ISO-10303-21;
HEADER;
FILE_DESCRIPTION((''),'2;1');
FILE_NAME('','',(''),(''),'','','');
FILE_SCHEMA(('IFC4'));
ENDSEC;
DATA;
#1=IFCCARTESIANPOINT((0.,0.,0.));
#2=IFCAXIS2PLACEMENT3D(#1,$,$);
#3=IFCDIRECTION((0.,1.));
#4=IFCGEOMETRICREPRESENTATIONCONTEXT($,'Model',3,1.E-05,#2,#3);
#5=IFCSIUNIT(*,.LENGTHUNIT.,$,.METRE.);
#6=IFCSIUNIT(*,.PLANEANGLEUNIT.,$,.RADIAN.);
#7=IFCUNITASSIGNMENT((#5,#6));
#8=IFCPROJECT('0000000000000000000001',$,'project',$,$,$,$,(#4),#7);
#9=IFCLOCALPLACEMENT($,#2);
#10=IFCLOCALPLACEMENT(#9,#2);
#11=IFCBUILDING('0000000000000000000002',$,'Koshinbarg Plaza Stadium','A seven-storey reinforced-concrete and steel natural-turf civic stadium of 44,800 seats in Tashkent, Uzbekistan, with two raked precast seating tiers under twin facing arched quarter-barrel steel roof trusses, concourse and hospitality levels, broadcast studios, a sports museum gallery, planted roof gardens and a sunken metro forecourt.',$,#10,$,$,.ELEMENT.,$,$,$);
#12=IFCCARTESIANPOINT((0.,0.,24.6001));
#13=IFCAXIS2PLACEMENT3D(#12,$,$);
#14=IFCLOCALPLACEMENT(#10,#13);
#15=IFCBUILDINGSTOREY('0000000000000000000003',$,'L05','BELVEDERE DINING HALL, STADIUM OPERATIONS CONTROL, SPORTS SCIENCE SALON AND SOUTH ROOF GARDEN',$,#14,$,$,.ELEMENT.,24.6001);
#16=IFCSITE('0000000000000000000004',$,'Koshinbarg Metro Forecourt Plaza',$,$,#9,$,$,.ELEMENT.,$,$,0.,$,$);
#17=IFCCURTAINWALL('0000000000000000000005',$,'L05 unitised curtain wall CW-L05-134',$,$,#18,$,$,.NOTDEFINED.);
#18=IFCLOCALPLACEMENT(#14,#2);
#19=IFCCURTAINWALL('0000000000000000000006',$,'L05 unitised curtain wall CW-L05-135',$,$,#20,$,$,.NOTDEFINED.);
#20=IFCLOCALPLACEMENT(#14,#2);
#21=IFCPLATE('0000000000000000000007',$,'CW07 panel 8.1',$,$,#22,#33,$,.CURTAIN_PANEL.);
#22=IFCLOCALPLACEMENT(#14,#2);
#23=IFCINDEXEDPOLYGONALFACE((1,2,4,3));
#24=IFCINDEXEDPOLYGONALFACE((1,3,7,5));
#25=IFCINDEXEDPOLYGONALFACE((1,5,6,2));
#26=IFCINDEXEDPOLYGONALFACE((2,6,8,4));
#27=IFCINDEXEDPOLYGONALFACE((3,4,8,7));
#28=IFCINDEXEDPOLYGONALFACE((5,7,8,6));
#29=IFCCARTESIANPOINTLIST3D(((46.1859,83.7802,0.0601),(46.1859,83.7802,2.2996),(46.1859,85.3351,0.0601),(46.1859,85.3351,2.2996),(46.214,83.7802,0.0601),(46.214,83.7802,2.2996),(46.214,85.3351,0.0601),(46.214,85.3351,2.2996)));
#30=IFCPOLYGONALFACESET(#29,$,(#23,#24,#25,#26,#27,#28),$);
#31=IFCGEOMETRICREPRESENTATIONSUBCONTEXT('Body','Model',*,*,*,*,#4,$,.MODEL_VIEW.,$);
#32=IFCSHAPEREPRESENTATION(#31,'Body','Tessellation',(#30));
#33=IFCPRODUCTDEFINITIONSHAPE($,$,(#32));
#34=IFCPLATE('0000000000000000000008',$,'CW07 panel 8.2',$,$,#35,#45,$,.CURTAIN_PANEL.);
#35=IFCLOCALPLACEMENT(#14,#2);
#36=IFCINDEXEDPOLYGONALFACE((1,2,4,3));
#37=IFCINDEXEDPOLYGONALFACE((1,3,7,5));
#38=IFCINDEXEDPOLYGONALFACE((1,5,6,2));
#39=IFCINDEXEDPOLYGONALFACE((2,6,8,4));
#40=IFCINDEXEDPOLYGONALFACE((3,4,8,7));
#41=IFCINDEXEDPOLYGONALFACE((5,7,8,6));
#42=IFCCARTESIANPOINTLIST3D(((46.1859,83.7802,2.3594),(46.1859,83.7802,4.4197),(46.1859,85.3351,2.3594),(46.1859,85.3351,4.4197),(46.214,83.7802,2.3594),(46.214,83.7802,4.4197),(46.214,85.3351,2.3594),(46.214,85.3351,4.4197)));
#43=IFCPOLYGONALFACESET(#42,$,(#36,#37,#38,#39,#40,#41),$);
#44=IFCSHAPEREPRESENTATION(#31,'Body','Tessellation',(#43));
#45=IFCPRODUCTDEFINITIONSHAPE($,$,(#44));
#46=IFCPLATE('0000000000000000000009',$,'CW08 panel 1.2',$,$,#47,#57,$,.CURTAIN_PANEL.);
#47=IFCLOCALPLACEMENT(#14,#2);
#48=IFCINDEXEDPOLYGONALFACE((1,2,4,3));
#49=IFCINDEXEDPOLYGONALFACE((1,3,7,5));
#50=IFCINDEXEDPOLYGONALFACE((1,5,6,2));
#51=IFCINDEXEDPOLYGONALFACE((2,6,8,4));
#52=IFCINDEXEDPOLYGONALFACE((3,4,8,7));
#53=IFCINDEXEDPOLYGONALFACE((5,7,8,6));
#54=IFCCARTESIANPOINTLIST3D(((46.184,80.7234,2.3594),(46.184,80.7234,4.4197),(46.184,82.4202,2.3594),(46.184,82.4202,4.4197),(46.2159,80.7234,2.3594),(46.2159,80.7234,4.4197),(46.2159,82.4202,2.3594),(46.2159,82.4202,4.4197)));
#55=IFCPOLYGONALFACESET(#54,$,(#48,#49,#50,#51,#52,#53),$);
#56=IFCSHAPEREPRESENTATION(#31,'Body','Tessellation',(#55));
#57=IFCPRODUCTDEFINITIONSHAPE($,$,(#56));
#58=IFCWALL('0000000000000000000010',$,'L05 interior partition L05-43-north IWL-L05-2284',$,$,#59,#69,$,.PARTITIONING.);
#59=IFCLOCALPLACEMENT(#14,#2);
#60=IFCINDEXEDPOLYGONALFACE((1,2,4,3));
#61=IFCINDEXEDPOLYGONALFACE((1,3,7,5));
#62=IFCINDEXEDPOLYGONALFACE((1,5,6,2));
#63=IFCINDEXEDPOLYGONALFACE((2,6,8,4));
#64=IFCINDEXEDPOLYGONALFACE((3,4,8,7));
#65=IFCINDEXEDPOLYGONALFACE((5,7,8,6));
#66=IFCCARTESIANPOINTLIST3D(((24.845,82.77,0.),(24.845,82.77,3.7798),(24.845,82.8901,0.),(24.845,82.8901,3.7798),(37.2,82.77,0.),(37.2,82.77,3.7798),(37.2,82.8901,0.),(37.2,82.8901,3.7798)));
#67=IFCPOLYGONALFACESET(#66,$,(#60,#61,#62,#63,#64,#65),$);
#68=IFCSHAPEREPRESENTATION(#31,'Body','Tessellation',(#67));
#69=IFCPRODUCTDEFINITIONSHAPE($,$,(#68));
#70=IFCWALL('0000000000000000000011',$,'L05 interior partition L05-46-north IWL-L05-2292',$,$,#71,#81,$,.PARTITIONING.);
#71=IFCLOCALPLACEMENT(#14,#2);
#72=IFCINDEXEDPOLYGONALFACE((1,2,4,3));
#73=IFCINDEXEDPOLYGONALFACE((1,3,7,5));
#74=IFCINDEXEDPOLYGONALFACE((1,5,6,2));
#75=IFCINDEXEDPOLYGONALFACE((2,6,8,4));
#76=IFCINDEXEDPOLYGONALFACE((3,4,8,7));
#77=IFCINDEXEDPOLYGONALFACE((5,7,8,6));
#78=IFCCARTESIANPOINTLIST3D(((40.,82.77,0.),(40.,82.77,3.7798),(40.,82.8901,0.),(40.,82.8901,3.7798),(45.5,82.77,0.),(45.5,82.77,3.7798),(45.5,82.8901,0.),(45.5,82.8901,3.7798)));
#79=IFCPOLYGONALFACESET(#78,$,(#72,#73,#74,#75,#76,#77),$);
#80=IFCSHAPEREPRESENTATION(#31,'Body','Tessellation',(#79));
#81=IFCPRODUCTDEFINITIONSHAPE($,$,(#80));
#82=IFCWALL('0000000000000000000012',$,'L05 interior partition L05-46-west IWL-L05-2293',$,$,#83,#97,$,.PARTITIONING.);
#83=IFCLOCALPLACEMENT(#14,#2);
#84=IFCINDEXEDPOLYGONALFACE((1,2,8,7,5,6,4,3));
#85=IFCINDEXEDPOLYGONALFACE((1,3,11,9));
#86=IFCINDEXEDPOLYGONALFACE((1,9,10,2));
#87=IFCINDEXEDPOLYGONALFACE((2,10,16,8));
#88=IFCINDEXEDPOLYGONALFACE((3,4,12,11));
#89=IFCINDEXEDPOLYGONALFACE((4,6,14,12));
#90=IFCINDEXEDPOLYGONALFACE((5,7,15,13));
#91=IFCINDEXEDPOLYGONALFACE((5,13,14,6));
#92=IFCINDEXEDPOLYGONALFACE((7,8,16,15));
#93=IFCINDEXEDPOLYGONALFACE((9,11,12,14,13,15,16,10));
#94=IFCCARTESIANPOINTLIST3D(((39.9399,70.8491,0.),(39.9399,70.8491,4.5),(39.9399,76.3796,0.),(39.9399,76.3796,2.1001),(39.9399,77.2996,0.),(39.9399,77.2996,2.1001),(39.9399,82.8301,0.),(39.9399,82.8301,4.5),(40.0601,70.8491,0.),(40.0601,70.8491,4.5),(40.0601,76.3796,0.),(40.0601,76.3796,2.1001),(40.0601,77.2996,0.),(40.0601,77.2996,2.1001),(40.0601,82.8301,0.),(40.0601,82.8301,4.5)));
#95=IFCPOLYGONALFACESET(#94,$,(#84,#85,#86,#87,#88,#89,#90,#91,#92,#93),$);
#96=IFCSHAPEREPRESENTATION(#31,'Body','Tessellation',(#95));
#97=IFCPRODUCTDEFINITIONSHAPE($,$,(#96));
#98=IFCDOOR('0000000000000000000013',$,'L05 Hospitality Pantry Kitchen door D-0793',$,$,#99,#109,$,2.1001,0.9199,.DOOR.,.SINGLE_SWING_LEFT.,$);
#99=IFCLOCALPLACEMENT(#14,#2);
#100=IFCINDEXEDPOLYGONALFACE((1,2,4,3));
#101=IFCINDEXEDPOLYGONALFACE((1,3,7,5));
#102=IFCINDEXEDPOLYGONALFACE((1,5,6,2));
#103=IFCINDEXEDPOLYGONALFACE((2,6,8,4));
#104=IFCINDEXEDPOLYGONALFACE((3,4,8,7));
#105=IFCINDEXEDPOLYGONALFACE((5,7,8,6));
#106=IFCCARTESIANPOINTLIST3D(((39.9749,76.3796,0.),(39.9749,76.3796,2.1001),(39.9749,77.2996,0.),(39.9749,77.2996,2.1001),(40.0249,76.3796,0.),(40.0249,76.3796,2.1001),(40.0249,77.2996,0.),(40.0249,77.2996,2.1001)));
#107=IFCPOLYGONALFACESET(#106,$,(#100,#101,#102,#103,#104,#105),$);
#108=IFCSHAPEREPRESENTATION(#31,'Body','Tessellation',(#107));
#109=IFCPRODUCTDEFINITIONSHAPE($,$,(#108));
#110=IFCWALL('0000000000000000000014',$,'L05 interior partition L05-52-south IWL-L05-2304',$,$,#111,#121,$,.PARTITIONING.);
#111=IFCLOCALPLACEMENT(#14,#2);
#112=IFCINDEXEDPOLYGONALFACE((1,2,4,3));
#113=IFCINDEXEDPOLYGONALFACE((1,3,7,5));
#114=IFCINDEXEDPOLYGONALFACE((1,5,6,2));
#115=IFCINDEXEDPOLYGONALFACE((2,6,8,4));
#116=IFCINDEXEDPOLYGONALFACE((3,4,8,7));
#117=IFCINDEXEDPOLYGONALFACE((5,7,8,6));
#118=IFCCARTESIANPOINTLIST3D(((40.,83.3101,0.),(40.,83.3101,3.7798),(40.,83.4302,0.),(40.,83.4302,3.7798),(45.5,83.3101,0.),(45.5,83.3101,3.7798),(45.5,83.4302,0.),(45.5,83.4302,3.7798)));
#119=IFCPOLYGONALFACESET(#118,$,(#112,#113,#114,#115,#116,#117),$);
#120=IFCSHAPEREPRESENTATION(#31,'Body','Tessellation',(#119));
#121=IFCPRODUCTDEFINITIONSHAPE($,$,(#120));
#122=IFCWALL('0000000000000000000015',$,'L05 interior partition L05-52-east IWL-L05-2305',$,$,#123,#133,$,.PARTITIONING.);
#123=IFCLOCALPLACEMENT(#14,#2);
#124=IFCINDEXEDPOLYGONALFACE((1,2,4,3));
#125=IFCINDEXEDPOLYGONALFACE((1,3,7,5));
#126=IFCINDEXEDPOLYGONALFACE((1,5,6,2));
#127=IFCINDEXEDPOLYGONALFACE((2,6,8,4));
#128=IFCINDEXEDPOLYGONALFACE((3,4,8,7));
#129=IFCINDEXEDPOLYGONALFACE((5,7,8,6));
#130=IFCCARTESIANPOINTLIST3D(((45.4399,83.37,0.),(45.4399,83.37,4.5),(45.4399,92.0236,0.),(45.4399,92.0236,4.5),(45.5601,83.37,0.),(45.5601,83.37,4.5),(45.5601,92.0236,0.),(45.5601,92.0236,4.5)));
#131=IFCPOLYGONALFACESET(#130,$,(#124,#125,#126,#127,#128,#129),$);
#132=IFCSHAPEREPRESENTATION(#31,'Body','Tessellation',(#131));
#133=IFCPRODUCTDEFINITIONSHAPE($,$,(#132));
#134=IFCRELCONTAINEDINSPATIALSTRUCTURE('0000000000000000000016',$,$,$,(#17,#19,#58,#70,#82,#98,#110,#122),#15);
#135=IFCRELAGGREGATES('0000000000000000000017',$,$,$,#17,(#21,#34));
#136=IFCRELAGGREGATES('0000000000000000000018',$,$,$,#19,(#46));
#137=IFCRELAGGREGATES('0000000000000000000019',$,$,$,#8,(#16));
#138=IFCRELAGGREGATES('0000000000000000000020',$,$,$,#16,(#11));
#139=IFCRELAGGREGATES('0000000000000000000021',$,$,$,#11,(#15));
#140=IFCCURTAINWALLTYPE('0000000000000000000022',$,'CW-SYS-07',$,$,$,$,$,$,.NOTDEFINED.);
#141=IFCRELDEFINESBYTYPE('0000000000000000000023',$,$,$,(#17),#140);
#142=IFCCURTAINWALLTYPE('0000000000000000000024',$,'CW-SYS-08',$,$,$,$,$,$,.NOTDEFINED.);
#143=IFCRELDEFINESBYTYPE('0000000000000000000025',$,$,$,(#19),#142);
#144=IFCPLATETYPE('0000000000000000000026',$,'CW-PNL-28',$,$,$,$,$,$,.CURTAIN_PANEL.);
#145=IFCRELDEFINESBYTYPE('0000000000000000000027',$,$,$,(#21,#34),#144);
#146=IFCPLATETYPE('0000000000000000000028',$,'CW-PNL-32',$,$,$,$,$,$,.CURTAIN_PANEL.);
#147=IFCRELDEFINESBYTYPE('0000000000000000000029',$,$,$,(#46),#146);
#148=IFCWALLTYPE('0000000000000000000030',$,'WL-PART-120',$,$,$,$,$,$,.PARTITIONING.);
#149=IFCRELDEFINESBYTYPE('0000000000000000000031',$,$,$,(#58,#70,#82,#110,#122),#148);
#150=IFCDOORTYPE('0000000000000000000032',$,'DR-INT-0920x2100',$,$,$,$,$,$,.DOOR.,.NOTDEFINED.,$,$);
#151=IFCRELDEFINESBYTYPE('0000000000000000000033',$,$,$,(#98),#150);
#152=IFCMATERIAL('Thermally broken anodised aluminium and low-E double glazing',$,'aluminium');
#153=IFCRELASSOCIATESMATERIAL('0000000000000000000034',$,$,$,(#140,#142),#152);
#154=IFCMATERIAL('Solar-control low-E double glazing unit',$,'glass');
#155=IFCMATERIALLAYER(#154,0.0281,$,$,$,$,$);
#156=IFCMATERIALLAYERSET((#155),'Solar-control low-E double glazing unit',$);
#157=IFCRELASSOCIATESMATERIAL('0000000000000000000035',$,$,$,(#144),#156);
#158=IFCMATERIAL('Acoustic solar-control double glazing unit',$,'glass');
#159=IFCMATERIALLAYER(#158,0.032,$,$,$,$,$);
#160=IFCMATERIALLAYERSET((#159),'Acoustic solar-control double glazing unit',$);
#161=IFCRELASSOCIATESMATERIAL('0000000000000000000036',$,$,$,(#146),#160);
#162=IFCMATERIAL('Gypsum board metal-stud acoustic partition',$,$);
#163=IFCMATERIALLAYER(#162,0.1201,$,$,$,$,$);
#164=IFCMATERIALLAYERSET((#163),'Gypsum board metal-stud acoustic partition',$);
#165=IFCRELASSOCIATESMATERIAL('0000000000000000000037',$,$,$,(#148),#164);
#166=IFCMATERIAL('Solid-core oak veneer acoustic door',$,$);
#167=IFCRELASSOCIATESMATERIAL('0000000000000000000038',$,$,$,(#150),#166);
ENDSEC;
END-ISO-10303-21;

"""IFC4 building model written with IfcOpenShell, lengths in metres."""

from ifc_helpers import new_model, si_unit, direction, frame, frame_2d, origin, origin_2d, place, context, subcontext, project, spatial, rectangle, extrude, material, layer, layer_set, type_object, element, fill, aggregate, save


model = new_model("IFC4")

# Units and contexts
model_context = context("Model", 3, precision=1e-05, world=origin(), true_north=direction((0.0, 1.0)))
body_context = subcontext(model_context, "Body", "Model", "MODEL_VIEW")
ifc_project = project(units=[si_unit("LENGTHUNIT", "METRE"), si_unit("PLANEANGLEUNIT", "RADIAN")], contexts=[model_context])

# Site, building, storey
site_placement = place(None, origin())
site = spatial("IfcSite", under=ifc_project, at=site_placement, Name="Koshinbarg Metro Forecourt Plaza", CompositionType="ELEMENT", RefElevation=0.0)
building_placement = place(site_placement, origin())
building = spatial("IfcBuilding", under=site, at=building_placement, Name="Koshinbarg Plaza Stadium", Description="A seven-storey reinforced-concrete and steel natural-turf civic stadium of 44,800 seats in Tashkent, Uzbekistan, with two raked precast seating tiers under twin facing arched quarter-barrel steel roof trusses, concourse and hospitality levels, broadcast studios, a sports museum gallery, planted roof gardens and a sunken metro forecourt.", CompositionType="ELEMENT")
storey_placement = place(building_placement, frame((0.0, 0.0, 24.6001)))
storey = spatial("IfcBuildingStorey", under=building, at=storey_placement, Name="L05", Description="BELVEDERE DINING HALL, STADIUM OPERATIONS CONTROL, SPORTS SCIENCE SALON AND SOUTH ROOF GARDEN", CompositionType="ELEMENT", Elevation=24.6001)

# Curtain wall
ifc_material_1 = material(Name="Thermally broken anodised aluminium and low-E double glazing", Category="aluminium")
curtain_wall_type_1 = type_object("IfcCurtainWallType", Name="CW-SYS-07", PredefinedType="NOTDEFINED", material=ifc_material_1)
curtain_wall_1_placement = place(storey_placement, origin())
curtain_wall_1 = element("IfcCurtainWall", 1, at=curtain_wall_1_placement, inside=storey, type_object=curtain_wall_type_1, Name="L05 unitised curtain wall CW-L05-134", PredefinedType="NOTDEFINED")

# Curtain wall
curtain_wall_type_2 = type_object("IfcCurtainWallType", Name="CW-SYS-08", PredefinedType="NOTDEFINED", material=ifc_material_1)
curtain_wall_2_placement = place(storey_placement, origin())
curtain_wall_2 = element("IfcCurtainWall", 2, at=curtain_wall_2_placement, inside=storey, type_object=curtain_wall_type_2, Name="L05 unitised curtain wall CW-L05-135", PredefinedType="NOTDEFINED")

# Plates
ifc_material_2 = material(Name="Solar-control low-E double glazing unit", Category="glass")
ifc_layer_1 = layer(ifc_material_2, 0.0281)
ifc_layer_set_1 = layer_set([ifc_layer_1], Name="Solar-control low-E double glazing unit")
plate_type_1 = type_object("IfcPlateType", Name="CW-PNL-28", PredefinedType="CURTAIN_PANEL", material=ifc_layer_set_1)
plate_1_placement = place(storey_placement, frame((46.2, 84.5576, 0.0601), z_axis=(0.0, 0.0, 1.0), x_axis=(0.0, -1.0, 0.0)))
plate_1 = element("IfcPlate", 3, at=plate_1_placement, type_object=plate_type_1, Name="CW07 panel 8.1", PredefinedType="CURTAIN_PANEL", context=body_context, shape_type="SweptSolid", body=[
    extrude(rectangle(XDim=1.5549, YDim=0.0281, at=origin_2d()), origin(), (0.0, 0.0, 1.0), 2.2395),
])
plate_2_placement = place(storey_placement, frame((46.2, 84.5576, 2.3594), z_axis=(0.0, 0.0, 1.0), x_axis=(0.0, -1.0, 0.0)))
plate_2 = element("IfcPlate", 4, at=plate_2_placement, type_object=plate_type_1, Name="CW07 panel 8.2", PredefinedType="CURTAIN_PANEL", context=body_context, shape_type="SweptSolid", body=[
    extrude(rectangle(XDim=1.5549, YDim=0.0281, at=origin_2d()), origin(), (0.0, 0.0, 1.0), 2.0603),
])
aggregate(curtain_wall_1, [plate_1, plate_2])
ifc_material_3 = material(Name="Acoustic solar-control double glazing unit", Category="glass")
ifc_layer_2 = layer(ifc_material_3, 0.032)
ifc_layer_set_2 = layer_set([ifc_layer_2], Name="Acoustic solar-control double glazing unit")
plate_type_2 = type_object("IfcPlateType", Name="CW-PNL-32", PredefinedType="CURTAIN_PANEL", material=ifc_layer_set_2)
plate_3_placement = place(storey_placement, frame((46.2, 81.5718, 2.3594), z_axis=(0.0, 0.0, 1.0), x_axis=(0.0, -1.0, 0.0)))
plate_3 = element("IfcPlate", 5, at=plate_3_placement, type_object=plate_type_2, Name="CW08 panel 1.2", PredefinedType="CURTAIN_PANEL", context=body_context, shape_type="SweptSolid", body=[
    extrude(rectangle(XDim=1.6968, YDim=0.032, at=origin_2d()), origin(), (0.0, 0.0, 1.0), 2.0603),
])
aggregate(curtain_wall_2, [plate_3])

# Walls
ifc_material_4 = material(Name="Gypsum board metal-stud acoustic partition")
ifc_layer_3 = layer(ifc_material_4, 0.1201)
ifc_layer_set_3 = layer_set([ifc_layer_3], Name="Gypsum board metal-stud acoustic partition")
wall_type = type_object("IfcWallType", Name="WL-PART-120", PredefinedType="PARTITIONING", material=ifc_layer_set_3)
wall_1_placement = place(storey_placement, frame((37.2, 82.8301, 0.0), z_axis=(0.0, 0.0, 1.0), x_axis=(-1.0, 0.0, 0.0)))
element("IfcWall", 6, at=wall_1_placement, inside=storey, type_object=wall_type, Name="L05 interior partition L05-43-north IWL-L05-2284", PredefinedType="PARTITIONING", context=body_context, shape_type="SweptSolid", body=[
    extrude(rectangle(XDim=12.355, YDim=0.1201, at=frame_2d((6.1775, 0.0))), origin(), (0.0, 0.0, 1.0), 3.7798),
])
wall_2_placement = place(storey_placement, frame((45.5, 82.8301, 0.0), z_axis=(0.0, 0.0, 1.0), x_axis=(-1.0, 0.0, 0.0)))
element("IfcWall", 7, at=wall_2_placement, inside=storey, type_object=wall_type, Name="L05 interior partition L05-46-north IWL-L05-2292", PredefinedType="PARTITIONING", context=body_context, shape_type="SweptSolid", body=[
    extrude(rectangle(XDim=5.5, YDim=0.1201, at=frame_2d((2.75, 0.0))), origin(), (0.0, 0.0, 1.0), 3.7798),
])

# Wall, opening, door
wall_3_placement = place(storey_placement, frame((40.0, 82.8301, 0.0), z_axis=(0.0, 0.0, 1.0), x_axis=(0.0, -1.0, 0.0)))
wall_3 = element("IfcWall", 8, at=wall_3_placement, inside=storey, type_object=wall_type, Name="L05 interior partition L05-46-west IWL-L05-2293", PredefinedType="PARTITIONING", context=body_context, shape_type="SweptSolid", body=[
    extrude(rectangle(XDim=11.981, YDim=0.1201, at=frame_2d((5.9905, 0.0))), origin(), (0.0, 0.0, 1.0), 4.5),
])
opening_placement = place(wall_3_placement, frame((5.5305, 0.0, 0.0)))
opening = element("IfcOpeningElement", 9, at=opening_placement, cuts=wall_3, PredefinedType="OPENING", context=body_context, shape_type="SweptSolid", body=[
    extrude(rectangle(XDim=0.9199, YDim=2.1001, at=frame_2d((0.46, 1.05))), frame((0.0, 0.0701, 0.0), z_axis=(0.0, -1.0, 0.0), x_axis=(1.0, 0.0, 0.0)), (0.0, 0.0, 1.0), 0.1401),
])
ifc_material_5 = material(Name="Solid-core oak veneer acoustic door")
door_type = type_object("IfcDoorType", Name="DR-INT-0920x2100", OperationType="NOTDEFINED", PredefinedType="DOOR", material=ifc_material_5)
door_placement = place(opening_placement, origin())
door = element("IfcDoor", 10, at=door_placement, inside=storey, type_object=door_type, Name="L05 Hospitality Pantry Kitchen door D-0793", OperationType="SINGLE_SWING_LEFT", OverallHeight=2.1001, OverallWidth=0.9199, PredefinedType="DOOR", context=body_context, shape_type="SweptSolid", body=[
    extrude(rectangle(XDim=0.9199, YDim=2.1001, at=frame_2d((0.46, 1.05))), frame((0.0, 0.0249, 0.0), z_axis=(0.0, -1.0, 0.0), x_axis=(1.0, 0.0, 0.0)), (0.0, 0.0, 1.0), 0.05),
])
fill(opening, door)

# Walls
wall_4_placement = place(storey_placement, frame((40.0, 83.3701, 0.0), z_axis=(0.0, 0.0, 1.0), x_axis=(1.0, 0.0, 0.0)))
element("IfcWall", 11, at=wall_4_placement, inside=storey, type_object=wall_type, Name="L05 interior partition L05-52-south IWL-L05-2304", PredefinedType="PARTITIONING", context=body_context, shape_type="SweptSolid", body=[
    extrude(rectangle(XDim=5.5, YDim=0.1201, at=frame_2d((2.75, 0.0))), origin(), (0.0, 0.0, 1.0), 3.7798),
])
wall_5_placement = place(storey_placement, frame((45.5, 83.3701, 0.0), z_axis=(0.0, 0.0, 1.0), x_axis=(0.0, 1.0, 0.0)))
element("IfcWall", 12, at=wall_5_placement, inside=storey, type_object=wall_type, Name="L05 interior partition L05-52-east IWL-L05-2305", PredefinedType="PARTITIONING", context=body_context, shape_type="SweptSolid", body=[
    extrude(rectangle(XDim=8.6536, YDim=0.1201, at=frame_2d((4.3267, 0.0))), origin(), (0.0, 0.0, 1.0), 4.5),
])

save(model, "model.ifc")
